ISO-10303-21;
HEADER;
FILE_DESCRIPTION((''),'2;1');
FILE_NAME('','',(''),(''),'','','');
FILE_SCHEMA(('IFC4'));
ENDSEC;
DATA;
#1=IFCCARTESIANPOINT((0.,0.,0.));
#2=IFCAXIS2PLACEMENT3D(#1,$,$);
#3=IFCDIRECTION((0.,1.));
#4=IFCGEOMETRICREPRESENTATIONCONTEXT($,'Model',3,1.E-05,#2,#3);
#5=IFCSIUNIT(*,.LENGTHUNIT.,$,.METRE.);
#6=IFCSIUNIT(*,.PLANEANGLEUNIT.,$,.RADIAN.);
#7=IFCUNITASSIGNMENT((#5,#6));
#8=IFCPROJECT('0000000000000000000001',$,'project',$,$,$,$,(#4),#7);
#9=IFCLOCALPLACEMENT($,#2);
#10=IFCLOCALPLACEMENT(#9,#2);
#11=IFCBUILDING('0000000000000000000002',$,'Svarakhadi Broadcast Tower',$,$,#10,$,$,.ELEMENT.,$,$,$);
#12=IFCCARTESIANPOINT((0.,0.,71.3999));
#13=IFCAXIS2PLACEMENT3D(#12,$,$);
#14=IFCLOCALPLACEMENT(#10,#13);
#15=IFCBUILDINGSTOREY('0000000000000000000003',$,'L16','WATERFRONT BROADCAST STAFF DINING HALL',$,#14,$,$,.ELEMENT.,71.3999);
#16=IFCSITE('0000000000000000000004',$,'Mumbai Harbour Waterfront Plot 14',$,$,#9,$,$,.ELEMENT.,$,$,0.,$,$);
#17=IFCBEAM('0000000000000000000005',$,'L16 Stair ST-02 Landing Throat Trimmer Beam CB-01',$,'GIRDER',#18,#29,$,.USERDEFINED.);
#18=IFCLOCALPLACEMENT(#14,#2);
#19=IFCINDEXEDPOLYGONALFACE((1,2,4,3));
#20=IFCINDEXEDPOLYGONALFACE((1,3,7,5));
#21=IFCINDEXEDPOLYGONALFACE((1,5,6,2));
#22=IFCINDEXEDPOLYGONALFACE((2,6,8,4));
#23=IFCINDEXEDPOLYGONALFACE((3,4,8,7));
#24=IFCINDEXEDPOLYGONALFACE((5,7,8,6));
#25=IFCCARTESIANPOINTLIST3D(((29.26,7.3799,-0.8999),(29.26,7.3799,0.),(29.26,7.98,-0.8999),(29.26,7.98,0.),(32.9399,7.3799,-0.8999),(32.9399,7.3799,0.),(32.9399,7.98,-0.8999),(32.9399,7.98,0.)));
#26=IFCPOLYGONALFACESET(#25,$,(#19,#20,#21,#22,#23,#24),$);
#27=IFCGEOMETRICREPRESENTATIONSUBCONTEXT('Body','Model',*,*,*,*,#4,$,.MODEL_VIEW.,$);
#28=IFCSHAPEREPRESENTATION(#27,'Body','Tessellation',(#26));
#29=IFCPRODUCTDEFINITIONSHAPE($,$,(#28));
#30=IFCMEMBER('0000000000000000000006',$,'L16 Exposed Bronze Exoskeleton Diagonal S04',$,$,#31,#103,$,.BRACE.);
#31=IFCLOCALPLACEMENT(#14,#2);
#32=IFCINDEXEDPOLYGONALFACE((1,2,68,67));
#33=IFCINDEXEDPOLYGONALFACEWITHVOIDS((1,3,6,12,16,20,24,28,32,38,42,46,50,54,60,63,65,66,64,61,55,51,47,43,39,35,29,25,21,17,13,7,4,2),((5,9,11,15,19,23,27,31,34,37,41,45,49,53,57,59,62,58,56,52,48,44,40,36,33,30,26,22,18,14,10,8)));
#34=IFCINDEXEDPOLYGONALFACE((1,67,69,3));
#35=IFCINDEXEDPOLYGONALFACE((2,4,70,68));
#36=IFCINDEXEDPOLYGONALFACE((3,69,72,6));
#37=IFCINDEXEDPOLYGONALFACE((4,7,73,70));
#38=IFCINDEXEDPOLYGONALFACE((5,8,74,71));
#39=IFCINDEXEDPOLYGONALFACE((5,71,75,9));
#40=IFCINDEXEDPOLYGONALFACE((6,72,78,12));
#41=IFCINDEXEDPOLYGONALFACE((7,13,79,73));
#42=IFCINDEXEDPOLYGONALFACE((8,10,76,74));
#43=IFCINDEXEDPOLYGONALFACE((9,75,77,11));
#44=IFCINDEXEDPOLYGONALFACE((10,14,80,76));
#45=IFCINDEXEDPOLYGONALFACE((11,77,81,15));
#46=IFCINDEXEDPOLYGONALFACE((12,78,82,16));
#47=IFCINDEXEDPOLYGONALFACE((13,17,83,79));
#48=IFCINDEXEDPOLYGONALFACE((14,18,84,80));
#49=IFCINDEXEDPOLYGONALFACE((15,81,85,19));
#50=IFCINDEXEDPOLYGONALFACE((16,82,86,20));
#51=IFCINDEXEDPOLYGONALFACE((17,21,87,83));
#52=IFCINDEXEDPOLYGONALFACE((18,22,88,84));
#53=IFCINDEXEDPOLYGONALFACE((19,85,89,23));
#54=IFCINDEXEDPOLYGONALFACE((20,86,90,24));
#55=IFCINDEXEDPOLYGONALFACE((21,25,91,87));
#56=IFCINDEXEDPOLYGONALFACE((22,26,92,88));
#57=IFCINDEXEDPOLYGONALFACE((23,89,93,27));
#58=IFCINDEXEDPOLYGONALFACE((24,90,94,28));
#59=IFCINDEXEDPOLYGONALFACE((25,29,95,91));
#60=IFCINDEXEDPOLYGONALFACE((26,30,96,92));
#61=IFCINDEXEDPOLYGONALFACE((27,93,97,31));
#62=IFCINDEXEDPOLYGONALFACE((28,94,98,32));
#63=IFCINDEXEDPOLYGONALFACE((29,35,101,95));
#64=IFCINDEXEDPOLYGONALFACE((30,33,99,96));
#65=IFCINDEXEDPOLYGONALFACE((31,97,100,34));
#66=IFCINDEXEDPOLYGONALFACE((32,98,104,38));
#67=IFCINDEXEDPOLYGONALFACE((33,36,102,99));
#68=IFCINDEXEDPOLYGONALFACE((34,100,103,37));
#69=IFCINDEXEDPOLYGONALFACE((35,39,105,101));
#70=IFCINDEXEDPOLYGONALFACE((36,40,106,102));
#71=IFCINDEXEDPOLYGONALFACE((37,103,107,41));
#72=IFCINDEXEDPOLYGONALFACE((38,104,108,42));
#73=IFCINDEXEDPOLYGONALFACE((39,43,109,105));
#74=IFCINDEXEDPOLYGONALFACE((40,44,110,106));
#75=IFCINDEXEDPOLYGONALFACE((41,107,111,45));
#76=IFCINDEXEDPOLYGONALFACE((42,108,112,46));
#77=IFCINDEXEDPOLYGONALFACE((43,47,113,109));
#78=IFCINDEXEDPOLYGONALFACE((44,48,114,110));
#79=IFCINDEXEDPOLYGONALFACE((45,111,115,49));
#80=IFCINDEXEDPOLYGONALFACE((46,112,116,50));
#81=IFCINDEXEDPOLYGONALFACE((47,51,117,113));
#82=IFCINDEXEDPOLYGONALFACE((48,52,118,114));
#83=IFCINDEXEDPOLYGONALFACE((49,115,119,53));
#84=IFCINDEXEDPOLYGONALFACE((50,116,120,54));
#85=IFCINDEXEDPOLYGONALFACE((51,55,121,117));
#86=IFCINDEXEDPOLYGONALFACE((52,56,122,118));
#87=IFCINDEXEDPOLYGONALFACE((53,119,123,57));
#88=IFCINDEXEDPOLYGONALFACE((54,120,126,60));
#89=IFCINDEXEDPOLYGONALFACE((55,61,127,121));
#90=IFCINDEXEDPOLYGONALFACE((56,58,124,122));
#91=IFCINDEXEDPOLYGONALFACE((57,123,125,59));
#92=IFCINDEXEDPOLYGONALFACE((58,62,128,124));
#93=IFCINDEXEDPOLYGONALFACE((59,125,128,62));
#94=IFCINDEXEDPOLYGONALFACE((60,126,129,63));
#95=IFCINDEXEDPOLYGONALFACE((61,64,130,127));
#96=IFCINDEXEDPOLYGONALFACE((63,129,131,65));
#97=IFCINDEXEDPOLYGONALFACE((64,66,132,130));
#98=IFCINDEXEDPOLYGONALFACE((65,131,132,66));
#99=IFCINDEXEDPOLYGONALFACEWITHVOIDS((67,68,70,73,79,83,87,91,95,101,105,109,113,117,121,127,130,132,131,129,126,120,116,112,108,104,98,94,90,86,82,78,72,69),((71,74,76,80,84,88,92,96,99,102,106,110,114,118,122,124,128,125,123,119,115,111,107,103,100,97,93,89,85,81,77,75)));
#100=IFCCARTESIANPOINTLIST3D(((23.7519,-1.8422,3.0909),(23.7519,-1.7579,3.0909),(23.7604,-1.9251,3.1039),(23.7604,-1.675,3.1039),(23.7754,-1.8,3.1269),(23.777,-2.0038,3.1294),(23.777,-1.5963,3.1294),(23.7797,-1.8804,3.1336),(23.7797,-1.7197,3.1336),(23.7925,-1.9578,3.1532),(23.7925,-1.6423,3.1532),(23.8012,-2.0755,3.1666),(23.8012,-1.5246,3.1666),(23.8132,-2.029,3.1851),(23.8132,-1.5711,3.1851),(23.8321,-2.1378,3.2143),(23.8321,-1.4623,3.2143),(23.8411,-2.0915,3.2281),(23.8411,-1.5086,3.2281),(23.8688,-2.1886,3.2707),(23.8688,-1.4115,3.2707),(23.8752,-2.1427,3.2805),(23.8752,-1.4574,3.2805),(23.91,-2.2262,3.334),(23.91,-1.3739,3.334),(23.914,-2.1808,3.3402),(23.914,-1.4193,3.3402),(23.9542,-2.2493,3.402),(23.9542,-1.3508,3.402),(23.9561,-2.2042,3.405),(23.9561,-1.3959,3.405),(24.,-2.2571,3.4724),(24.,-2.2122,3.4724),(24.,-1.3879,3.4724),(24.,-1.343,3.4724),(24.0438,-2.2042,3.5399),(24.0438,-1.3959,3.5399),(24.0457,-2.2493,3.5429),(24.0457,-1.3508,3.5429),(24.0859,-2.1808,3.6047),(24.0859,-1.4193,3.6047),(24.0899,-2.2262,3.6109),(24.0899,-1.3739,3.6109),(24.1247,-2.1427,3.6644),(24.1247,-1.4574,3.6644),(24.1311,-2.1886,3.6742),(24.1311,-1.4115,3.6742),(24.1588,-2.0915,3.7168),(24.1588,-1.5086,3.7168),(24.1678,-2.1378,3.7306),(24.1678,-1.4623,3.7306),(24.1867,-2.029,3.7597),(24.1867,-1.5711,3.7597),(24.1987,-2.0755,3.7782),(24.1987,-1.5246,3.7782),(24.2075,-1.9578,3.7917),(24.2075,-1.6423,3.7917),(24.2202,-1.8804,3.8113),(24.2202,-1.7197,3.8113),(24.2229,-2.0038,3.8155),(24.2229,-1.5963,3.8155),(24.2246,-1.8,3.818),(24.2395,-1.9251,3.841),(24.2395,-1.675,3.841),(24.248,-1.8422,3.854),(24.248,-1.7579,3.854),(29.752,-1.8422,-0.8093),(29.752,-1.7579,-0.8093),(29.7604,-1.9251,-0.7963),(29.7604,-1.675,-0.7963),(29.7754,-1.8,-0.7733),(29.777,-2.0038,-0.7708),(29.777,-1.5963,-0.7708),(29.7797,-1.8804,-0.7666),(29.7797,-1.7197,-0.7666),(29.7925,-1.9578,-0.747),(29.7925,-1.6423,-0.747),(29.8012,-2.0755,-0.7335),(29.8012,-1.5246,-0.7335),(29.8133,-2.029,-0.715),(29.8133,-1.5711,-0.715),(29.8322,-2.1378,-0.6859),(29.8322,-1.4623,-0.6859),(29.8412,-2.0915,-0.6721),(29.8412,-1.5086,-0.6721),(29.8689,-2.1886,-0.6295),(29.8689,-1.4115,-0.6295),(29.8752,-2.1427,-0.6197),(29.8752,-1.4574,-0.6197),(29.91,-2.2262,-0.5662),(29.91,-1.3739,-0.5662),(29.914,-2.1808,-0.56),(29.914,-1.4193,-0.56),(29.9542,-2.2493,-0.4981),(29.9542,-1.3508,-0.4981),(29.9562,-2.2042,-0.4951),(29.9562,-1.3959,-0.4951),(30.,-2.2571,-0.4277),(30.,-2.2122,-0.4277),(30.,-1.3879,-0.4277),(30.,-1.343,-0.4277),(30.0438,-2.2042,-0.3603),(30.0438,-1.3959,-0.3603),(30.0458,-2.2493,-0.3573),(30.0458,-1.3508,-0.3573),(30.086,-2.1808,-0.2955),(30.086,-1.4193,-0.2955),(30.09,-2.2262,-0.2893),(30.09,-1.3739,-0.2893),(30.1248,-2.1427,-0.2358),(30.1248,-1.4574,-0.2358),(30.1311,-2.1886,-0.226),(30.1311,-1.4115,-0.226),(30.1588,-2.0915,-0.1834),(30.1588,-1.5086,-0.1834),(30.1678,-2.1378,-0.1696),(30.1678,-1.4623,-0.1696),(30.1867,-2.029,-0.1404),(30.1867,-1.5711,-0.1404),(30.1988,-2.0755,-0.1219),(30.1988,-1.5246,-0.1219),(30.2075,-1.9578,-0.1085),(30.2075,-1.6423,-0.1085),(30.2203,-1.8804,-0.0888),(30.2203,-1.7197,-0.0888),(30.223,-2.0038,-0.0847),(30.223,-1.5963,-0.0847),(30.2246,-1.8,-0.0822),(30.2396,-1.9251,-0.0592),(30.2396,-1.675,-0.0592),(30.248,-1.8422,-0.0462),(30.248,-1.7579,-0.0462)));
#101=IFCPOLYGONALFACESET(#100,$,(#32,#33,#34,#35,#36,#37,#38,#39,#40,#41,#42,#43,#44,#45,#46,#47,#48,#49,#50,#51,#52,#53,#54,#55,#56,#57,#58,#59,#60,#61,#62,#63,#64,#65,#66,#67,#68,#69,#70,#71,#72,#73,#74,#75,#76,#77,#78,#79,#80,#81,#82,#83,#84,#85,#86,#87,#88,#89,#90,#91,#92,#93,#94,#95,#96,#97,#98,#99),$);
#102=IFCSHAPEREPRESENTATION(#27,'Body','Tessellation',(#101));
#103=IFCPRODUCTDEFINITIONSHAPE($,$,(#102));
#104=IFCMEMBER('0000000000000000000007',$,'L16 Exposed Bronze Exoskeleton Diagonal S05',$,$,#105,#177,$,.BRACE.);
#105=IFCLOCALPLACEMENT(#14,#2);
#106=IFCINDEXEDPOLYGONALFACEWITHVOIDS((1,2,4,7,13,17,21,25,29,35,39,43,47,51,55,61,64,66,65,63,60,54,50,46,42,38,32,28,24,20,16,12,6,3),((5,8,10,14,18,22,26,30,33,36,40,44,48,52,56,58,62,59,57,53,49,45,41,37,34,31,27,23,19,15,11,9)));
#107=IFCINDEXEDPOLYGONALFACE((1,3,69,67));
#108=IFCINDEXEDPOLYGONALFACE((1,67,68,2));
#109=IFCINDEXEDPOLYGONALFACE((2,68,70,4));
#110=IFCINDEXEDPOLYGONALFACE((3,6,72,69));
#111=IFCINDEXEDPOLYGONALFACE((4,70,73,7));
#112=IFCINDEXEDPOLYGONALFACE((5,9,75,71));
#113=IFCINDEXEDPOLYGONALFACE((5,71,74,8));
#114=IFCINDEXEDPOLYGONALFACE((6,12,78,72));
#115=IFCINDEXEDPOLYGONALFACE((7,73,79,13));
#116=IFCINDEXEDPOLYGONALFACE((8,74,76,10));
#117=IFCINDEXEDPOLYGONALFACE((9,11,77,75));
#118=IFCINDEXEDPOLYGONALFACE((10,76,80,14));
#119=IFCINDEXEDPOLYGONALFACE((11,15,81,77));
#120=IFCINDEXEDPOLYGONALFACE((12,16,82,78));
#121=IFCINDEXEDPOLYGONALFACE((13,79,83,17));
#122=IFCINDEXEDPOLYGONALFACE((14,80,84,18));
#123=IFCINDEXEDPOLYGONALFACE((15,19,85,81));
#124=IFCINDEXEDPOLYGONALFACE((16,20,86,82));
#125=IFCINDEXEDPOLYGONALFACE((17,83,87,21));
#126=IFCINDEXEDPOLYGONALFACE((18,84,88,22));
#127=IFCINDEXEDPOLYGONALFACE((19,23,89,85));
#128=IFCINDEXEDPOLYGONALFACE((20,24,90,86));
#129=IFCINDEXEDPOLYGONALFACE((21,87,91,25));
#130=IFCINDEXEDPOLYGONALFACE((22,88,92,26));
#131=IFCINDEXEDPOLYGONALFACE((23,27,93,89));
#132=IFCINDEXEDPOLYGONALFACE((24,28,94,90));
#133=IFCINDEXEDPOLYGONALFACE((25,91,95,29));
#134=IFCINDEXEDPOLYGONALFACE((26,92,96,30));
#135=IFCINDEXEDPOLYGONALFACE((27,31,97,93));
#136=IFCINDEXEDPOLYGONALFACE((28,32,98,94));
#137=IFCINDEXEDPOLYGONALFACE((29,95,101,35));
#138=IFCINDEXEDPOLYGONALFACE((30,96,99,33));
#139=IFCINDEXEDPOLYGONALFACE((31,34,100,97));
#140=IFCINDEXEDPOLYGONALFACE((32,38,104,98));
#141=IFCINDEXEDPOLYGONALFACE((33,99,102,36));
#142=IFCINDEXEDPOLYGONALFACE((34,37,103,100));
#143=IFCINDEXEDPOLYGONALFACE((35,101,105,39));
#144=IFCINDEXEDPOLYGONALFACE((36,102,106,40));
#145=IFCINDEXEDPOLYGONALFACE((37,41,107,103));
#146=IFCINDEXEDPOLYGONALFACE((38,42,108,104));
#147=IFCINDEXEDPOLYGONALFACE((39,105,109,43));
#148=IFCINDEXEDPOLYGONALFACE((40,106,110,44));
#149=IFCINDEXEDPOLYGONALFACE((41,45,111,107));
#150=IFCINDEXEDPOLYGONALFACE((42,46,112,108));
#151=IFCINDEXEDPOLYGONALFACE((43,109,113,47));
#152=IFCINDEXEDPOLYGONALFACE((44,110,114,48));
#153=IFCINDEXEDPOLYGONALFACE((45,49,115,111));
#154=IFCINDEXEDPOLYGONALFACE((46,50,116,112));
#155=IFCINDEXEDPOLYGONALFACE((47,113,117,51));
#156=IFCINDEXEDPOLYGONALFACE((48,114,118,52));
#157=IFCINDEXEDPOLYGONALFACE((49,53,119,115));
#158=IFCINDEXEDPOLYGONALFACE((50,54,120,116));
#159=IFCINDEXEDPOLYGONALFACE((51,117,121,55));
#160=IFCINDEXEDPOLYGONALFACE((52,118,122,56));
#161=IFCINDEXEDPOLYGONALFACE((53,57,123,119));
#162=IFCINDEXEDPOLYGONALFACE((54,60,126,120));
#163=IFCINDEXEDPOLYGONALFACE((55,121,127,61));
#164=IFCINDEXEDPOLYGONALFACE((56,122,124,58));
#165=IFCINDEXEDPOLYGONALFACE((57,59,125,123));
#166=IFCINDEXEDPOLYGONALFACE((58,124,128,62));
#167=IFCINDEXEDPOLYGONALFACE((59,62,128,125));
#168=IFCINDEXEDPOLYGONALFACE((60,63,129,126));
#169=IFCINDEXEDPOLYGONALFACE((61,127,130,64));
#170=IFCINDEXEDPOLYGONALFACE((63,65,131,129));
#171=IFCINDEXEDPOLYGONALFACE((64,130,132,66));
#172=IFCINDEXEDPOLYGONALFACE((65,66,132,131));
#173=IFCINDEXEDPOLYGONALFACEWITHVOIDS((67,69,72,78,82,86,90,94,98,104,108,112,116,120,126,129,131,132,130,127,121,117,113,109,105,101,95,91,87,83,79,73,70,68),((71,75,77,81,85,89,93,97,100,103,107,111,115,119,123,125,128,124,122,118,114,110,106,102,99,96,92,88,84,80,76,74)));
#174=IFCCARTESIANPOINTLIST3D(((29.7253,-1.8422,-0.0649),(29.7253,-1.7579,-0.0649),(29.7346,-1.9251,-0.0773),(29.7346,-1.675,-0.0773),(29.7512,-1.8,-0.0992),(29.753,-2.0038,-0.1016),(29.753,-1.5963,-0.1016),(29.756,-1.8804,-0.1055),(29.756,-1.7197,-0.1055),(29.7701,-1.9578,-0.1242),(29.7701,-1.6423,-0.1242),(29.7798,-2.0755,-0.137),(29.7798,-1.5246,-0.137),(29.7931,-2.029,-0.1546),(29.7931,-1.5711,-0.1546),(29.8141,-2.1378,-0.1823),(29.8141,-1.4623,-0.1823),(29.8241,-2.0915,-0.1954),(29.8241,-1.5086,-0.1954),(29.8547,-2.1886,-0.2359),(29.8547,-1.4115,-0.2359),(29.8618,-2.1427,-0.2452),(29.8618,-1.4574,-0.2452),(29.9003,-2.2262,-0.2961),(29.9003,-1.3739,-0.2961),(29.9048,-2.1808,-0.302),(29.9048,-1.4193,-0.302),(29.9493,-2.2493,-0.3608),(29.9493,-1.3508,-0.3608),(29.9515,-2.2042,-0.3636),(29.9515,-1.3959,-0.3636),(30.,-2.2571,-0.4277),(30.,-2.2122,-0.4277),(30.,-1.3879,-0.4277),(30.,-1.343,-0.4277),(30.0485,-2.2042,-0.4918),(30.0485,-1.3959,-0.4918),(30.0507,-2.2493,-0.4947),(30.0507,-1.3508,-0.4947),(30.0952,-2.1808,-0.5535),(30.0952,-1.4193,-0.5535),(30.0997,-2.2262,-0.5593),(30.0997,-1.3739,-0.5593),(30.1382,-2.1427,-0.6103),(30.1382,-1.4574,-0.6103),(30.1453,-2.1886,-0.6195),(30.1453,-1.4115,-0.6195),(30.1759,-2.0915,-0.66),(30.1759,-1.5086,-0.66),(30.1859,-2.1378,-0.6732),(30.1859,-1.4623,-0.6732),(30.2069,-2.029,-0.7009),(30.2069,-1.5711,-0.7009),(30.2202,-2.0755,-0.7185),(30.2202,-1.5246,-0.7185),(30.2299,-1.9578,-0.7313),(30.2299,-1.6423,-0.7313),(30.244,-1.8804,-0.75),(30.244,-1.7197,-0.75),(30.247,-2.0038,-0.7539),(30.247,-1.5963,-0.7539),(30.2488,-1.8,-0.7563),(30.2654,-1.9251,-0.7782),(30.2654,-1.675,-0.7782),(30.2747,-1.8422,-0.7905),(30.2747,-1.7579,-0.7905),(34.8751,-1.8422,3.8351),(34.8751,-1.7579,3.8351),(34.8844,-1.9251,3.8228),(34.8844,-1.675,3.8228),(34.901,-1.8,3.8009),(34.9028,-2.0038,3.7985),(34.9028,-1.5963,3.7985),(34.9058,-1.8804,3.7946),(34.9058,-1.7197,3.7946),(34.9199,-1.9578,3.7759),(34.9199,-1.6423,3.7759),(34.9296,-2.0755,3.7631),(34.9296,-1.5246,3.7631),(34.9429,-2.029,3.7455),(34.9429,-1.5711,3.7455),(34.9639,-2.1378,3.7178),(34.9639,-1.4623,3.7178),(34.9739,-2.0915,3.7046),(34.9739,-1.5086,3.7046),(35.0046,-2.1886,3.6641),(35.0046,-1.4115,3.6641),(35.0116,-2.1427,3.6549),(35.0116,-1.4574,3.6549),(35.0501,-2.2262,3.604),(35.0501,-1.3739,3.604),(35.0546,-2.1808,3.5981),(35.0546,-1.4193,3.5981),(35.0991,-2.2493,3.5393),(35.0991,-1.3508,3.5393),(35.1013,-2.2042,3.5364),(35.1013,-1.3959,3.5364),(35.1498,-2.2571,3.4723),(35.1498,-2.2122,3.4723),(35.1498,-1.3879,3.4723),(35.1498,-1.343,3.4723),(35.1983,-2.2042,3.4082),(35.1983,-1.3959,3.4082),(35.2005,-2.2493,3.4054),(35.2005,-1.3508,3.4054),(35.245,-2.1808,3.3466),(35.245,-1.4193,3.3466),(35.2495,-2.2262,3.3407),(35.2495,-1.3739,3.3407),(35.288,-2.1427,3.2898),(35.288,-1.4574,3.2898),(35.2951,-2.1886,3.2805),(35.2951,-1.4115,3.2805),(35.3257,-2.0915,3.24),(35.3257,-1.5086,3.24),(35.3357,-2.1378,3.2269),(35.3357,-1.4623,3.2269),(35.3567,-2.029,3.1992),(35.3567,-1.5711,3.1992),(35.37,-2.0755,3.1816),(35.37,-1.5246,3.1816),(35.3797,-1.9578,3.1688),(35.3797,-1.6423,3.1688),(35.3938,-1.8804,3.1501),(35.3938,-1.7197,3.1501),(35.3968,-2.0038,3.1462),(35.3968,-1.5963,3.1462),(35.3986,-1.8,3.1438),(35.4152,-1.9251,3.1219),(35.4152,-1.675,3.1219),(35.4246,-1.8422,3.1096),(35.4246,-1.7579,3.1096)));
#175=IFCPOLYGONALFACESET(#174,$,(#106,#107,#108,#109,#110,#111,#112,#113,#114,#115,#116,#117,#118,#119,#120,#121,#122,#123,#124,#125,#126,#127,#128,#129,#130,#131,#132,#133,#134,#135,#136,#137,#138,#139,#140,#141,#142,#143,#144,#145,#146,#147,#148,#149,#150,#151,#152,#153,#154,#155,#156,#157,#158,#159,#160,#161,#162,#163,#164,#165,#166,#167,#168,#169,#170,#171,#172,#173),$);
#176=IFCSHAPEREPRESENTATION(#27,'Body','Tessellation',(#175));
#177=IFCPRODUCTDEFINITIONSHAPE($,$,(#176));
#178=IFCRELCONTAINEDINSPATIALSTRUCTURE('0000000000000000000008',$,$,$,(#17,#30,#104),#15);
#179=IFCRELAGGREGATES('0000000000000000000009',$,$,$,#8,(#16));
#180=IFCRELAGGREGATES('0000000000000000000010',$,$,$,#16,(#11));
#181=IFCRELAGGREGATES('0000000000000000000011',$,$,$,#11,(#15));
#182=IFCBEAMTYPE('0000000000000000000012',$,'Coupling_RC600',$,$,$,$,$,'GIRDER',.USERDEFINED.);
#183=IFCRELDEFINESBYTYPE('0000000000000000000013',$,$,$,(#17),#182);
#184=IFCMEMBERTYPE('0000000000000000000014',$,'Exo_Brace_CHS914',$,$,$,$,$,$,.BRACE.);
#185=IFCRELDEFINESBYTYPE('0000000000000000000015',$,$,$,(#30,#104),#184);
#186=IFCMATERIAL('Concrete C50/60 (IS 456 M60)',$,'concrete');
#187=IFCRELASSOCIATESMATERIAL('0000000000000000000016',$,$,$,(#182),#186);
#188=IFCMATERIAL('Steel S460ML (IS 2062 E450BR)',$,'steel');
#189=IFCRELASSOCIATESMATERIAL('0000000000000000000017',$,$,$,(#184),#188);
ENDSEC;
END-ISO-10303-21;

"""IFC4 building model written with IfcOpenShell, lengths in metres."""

from ifc_helpers import new_model, si_unit, direction, frame, origin, origin_2d, place, context, subcontext, project, spatial, rectangle, hollow_circle, extrude, material, material_profile, profile_set, type_object, element, save


model = new_model("IFC4")

# Units and contexts
model_context = context("Model", 3, precision=1e-05, world=origin(), true_north=direction((0.0, 1.0)))
body_context = subcontext(model_context, "Body", "Model", "MODEL_VIEW")
ifc_project = project(units=[si_unit("LENGTHUNIT", "METRE"), si_unit("PLANEANGLEUNIT", "RADIAN")], contexts=[model_context])

# Site, building, storey
site_placement = place(None, origin())
site = spatial("IfcSite", under=ifc_project, at=site_placement, Name="Mumbai Harbour Waterfront Plot 14", CompositionType="ELEMENT", RefElevation=0.0)
building_placement = place(site_placement, origin())
building = spatial("IfcBuilding", under=site, at=building_placement, Name="Svarakhadi Broadcast Tower", CompositionType="ELEMENT")
storey_placement = place(building_placement, frame((0.0, 0.0, 71.3999)))
storey = spatial("IfcBuildingStorey", under=building, at=storey_placement, Name="L16", Description="WATERFRONT BROADCAST STAFF DINING HALL", CompositionType="ELEMENT", Elevation=71.3999)

# Shared definitions
ifc_material_1 = material(Name="Steel S460ML (IS 2062 E450BR)", Category="steel")

# Beam
ifc_material_2 = material(Name="Concrete C50/60 (IS 456 M60)", Category="concrete")
ifc_material_profile_1 = material_profile(ifc_material_2, rectangle(XDim=0.6001, YDim=0.8999, at=origin_2d()), Name="RC 600x900")
ifc_profile_set_1 = profile_set([ifc_material_profile_1], Name="Concrete C50/60 (IS 456 M60)")
beam_type_1 = type_object("IfcBeamType", Name="Coupling_RC600", ElementType="GIRDER", PredefinedType="USERDEFINED", material=ifc_profile_set_1)
beam_1_placement = place(storey_placement, frame((29.26, 7.6799, -0.45), z_axis=(1.0, 0.0, 0.0), x_axis=(0.0, 1.0, 0.0)))
element("IfcBeam", 1, at=beam_1_placement, inside=storey, type_object=beam_type_1, Name="L16 Stair ST-02 Landing Throat Trimmer Beam CB-01", ObjectType="GIRDER", PredefinedType="USERDEFINED", context=body_context, shape_type="SweptSolid", body=[
    extrude(rectangle(XDim=0.6001, YDim=0.8999, at=origin_2d()), origin(), (0.0, 0.0, 1.0), 3.6799),
])

# Members
ifc_material_profile_2 = material_profile(ifc_material_1, hollow_circle(Radius=0.457, WallThickness=0.0449, at=origin_2d()), Name="CHS 914x45")
ifc_profile_set_2 = profile_set([ifc_material_profile_2], Name="Steel S460ML (IS 2062 E450BR)")
member_type_1 = type_object("IfcMemberType", Name="Exo_Brace_CHS914", PredefinedType="BRACE", material=ifc_profile_set_2)
member_1_placement = place(storey_placement, frame((30.0, -1.8, -0.4277), z_axis=(-0.838434, 0.0, 0.545003), x_axis=(0.0, -1.0, 0.0)))
element("IfcMember", 2, at=member_1_placement, inside=storey, type_object=member_type_1, Name="L16 Exposed Bronze Exoskeleton Diagonal S04", PredefinedType="BRACE", context=body_context, shape_type="SweptSolid", body=[
    extrude(hollow_circle(Radius=0.457, WallThickness=0.0449, at=origin_2d()), origin(), (0.0, 0.0, 1.0), 7.1562),
])
member_2_placement = place(storey_placement, frame((30.0, -1.8, -0.4277), z_axis=(0.797189, 0.0, 0.60373), x_axis=(0.0, 1.0, 0.0)))
element("IfcMember", 3, at=member_2_placement, inside=storey, type_object=member_type_1, Name="L16 Exposed Bronze Exoskeleton Diagonal S05", PredefinedType="BRACE", context=body_context, shape_type="SweptSolid", body=[
    extrude(hollow_circle(Radius=0.457, WallThickness=0.0449, at=origin_2d()), origin(), (0.0, 0.0, 1.0), 6.46),
])

save(model, "model.ifc")
